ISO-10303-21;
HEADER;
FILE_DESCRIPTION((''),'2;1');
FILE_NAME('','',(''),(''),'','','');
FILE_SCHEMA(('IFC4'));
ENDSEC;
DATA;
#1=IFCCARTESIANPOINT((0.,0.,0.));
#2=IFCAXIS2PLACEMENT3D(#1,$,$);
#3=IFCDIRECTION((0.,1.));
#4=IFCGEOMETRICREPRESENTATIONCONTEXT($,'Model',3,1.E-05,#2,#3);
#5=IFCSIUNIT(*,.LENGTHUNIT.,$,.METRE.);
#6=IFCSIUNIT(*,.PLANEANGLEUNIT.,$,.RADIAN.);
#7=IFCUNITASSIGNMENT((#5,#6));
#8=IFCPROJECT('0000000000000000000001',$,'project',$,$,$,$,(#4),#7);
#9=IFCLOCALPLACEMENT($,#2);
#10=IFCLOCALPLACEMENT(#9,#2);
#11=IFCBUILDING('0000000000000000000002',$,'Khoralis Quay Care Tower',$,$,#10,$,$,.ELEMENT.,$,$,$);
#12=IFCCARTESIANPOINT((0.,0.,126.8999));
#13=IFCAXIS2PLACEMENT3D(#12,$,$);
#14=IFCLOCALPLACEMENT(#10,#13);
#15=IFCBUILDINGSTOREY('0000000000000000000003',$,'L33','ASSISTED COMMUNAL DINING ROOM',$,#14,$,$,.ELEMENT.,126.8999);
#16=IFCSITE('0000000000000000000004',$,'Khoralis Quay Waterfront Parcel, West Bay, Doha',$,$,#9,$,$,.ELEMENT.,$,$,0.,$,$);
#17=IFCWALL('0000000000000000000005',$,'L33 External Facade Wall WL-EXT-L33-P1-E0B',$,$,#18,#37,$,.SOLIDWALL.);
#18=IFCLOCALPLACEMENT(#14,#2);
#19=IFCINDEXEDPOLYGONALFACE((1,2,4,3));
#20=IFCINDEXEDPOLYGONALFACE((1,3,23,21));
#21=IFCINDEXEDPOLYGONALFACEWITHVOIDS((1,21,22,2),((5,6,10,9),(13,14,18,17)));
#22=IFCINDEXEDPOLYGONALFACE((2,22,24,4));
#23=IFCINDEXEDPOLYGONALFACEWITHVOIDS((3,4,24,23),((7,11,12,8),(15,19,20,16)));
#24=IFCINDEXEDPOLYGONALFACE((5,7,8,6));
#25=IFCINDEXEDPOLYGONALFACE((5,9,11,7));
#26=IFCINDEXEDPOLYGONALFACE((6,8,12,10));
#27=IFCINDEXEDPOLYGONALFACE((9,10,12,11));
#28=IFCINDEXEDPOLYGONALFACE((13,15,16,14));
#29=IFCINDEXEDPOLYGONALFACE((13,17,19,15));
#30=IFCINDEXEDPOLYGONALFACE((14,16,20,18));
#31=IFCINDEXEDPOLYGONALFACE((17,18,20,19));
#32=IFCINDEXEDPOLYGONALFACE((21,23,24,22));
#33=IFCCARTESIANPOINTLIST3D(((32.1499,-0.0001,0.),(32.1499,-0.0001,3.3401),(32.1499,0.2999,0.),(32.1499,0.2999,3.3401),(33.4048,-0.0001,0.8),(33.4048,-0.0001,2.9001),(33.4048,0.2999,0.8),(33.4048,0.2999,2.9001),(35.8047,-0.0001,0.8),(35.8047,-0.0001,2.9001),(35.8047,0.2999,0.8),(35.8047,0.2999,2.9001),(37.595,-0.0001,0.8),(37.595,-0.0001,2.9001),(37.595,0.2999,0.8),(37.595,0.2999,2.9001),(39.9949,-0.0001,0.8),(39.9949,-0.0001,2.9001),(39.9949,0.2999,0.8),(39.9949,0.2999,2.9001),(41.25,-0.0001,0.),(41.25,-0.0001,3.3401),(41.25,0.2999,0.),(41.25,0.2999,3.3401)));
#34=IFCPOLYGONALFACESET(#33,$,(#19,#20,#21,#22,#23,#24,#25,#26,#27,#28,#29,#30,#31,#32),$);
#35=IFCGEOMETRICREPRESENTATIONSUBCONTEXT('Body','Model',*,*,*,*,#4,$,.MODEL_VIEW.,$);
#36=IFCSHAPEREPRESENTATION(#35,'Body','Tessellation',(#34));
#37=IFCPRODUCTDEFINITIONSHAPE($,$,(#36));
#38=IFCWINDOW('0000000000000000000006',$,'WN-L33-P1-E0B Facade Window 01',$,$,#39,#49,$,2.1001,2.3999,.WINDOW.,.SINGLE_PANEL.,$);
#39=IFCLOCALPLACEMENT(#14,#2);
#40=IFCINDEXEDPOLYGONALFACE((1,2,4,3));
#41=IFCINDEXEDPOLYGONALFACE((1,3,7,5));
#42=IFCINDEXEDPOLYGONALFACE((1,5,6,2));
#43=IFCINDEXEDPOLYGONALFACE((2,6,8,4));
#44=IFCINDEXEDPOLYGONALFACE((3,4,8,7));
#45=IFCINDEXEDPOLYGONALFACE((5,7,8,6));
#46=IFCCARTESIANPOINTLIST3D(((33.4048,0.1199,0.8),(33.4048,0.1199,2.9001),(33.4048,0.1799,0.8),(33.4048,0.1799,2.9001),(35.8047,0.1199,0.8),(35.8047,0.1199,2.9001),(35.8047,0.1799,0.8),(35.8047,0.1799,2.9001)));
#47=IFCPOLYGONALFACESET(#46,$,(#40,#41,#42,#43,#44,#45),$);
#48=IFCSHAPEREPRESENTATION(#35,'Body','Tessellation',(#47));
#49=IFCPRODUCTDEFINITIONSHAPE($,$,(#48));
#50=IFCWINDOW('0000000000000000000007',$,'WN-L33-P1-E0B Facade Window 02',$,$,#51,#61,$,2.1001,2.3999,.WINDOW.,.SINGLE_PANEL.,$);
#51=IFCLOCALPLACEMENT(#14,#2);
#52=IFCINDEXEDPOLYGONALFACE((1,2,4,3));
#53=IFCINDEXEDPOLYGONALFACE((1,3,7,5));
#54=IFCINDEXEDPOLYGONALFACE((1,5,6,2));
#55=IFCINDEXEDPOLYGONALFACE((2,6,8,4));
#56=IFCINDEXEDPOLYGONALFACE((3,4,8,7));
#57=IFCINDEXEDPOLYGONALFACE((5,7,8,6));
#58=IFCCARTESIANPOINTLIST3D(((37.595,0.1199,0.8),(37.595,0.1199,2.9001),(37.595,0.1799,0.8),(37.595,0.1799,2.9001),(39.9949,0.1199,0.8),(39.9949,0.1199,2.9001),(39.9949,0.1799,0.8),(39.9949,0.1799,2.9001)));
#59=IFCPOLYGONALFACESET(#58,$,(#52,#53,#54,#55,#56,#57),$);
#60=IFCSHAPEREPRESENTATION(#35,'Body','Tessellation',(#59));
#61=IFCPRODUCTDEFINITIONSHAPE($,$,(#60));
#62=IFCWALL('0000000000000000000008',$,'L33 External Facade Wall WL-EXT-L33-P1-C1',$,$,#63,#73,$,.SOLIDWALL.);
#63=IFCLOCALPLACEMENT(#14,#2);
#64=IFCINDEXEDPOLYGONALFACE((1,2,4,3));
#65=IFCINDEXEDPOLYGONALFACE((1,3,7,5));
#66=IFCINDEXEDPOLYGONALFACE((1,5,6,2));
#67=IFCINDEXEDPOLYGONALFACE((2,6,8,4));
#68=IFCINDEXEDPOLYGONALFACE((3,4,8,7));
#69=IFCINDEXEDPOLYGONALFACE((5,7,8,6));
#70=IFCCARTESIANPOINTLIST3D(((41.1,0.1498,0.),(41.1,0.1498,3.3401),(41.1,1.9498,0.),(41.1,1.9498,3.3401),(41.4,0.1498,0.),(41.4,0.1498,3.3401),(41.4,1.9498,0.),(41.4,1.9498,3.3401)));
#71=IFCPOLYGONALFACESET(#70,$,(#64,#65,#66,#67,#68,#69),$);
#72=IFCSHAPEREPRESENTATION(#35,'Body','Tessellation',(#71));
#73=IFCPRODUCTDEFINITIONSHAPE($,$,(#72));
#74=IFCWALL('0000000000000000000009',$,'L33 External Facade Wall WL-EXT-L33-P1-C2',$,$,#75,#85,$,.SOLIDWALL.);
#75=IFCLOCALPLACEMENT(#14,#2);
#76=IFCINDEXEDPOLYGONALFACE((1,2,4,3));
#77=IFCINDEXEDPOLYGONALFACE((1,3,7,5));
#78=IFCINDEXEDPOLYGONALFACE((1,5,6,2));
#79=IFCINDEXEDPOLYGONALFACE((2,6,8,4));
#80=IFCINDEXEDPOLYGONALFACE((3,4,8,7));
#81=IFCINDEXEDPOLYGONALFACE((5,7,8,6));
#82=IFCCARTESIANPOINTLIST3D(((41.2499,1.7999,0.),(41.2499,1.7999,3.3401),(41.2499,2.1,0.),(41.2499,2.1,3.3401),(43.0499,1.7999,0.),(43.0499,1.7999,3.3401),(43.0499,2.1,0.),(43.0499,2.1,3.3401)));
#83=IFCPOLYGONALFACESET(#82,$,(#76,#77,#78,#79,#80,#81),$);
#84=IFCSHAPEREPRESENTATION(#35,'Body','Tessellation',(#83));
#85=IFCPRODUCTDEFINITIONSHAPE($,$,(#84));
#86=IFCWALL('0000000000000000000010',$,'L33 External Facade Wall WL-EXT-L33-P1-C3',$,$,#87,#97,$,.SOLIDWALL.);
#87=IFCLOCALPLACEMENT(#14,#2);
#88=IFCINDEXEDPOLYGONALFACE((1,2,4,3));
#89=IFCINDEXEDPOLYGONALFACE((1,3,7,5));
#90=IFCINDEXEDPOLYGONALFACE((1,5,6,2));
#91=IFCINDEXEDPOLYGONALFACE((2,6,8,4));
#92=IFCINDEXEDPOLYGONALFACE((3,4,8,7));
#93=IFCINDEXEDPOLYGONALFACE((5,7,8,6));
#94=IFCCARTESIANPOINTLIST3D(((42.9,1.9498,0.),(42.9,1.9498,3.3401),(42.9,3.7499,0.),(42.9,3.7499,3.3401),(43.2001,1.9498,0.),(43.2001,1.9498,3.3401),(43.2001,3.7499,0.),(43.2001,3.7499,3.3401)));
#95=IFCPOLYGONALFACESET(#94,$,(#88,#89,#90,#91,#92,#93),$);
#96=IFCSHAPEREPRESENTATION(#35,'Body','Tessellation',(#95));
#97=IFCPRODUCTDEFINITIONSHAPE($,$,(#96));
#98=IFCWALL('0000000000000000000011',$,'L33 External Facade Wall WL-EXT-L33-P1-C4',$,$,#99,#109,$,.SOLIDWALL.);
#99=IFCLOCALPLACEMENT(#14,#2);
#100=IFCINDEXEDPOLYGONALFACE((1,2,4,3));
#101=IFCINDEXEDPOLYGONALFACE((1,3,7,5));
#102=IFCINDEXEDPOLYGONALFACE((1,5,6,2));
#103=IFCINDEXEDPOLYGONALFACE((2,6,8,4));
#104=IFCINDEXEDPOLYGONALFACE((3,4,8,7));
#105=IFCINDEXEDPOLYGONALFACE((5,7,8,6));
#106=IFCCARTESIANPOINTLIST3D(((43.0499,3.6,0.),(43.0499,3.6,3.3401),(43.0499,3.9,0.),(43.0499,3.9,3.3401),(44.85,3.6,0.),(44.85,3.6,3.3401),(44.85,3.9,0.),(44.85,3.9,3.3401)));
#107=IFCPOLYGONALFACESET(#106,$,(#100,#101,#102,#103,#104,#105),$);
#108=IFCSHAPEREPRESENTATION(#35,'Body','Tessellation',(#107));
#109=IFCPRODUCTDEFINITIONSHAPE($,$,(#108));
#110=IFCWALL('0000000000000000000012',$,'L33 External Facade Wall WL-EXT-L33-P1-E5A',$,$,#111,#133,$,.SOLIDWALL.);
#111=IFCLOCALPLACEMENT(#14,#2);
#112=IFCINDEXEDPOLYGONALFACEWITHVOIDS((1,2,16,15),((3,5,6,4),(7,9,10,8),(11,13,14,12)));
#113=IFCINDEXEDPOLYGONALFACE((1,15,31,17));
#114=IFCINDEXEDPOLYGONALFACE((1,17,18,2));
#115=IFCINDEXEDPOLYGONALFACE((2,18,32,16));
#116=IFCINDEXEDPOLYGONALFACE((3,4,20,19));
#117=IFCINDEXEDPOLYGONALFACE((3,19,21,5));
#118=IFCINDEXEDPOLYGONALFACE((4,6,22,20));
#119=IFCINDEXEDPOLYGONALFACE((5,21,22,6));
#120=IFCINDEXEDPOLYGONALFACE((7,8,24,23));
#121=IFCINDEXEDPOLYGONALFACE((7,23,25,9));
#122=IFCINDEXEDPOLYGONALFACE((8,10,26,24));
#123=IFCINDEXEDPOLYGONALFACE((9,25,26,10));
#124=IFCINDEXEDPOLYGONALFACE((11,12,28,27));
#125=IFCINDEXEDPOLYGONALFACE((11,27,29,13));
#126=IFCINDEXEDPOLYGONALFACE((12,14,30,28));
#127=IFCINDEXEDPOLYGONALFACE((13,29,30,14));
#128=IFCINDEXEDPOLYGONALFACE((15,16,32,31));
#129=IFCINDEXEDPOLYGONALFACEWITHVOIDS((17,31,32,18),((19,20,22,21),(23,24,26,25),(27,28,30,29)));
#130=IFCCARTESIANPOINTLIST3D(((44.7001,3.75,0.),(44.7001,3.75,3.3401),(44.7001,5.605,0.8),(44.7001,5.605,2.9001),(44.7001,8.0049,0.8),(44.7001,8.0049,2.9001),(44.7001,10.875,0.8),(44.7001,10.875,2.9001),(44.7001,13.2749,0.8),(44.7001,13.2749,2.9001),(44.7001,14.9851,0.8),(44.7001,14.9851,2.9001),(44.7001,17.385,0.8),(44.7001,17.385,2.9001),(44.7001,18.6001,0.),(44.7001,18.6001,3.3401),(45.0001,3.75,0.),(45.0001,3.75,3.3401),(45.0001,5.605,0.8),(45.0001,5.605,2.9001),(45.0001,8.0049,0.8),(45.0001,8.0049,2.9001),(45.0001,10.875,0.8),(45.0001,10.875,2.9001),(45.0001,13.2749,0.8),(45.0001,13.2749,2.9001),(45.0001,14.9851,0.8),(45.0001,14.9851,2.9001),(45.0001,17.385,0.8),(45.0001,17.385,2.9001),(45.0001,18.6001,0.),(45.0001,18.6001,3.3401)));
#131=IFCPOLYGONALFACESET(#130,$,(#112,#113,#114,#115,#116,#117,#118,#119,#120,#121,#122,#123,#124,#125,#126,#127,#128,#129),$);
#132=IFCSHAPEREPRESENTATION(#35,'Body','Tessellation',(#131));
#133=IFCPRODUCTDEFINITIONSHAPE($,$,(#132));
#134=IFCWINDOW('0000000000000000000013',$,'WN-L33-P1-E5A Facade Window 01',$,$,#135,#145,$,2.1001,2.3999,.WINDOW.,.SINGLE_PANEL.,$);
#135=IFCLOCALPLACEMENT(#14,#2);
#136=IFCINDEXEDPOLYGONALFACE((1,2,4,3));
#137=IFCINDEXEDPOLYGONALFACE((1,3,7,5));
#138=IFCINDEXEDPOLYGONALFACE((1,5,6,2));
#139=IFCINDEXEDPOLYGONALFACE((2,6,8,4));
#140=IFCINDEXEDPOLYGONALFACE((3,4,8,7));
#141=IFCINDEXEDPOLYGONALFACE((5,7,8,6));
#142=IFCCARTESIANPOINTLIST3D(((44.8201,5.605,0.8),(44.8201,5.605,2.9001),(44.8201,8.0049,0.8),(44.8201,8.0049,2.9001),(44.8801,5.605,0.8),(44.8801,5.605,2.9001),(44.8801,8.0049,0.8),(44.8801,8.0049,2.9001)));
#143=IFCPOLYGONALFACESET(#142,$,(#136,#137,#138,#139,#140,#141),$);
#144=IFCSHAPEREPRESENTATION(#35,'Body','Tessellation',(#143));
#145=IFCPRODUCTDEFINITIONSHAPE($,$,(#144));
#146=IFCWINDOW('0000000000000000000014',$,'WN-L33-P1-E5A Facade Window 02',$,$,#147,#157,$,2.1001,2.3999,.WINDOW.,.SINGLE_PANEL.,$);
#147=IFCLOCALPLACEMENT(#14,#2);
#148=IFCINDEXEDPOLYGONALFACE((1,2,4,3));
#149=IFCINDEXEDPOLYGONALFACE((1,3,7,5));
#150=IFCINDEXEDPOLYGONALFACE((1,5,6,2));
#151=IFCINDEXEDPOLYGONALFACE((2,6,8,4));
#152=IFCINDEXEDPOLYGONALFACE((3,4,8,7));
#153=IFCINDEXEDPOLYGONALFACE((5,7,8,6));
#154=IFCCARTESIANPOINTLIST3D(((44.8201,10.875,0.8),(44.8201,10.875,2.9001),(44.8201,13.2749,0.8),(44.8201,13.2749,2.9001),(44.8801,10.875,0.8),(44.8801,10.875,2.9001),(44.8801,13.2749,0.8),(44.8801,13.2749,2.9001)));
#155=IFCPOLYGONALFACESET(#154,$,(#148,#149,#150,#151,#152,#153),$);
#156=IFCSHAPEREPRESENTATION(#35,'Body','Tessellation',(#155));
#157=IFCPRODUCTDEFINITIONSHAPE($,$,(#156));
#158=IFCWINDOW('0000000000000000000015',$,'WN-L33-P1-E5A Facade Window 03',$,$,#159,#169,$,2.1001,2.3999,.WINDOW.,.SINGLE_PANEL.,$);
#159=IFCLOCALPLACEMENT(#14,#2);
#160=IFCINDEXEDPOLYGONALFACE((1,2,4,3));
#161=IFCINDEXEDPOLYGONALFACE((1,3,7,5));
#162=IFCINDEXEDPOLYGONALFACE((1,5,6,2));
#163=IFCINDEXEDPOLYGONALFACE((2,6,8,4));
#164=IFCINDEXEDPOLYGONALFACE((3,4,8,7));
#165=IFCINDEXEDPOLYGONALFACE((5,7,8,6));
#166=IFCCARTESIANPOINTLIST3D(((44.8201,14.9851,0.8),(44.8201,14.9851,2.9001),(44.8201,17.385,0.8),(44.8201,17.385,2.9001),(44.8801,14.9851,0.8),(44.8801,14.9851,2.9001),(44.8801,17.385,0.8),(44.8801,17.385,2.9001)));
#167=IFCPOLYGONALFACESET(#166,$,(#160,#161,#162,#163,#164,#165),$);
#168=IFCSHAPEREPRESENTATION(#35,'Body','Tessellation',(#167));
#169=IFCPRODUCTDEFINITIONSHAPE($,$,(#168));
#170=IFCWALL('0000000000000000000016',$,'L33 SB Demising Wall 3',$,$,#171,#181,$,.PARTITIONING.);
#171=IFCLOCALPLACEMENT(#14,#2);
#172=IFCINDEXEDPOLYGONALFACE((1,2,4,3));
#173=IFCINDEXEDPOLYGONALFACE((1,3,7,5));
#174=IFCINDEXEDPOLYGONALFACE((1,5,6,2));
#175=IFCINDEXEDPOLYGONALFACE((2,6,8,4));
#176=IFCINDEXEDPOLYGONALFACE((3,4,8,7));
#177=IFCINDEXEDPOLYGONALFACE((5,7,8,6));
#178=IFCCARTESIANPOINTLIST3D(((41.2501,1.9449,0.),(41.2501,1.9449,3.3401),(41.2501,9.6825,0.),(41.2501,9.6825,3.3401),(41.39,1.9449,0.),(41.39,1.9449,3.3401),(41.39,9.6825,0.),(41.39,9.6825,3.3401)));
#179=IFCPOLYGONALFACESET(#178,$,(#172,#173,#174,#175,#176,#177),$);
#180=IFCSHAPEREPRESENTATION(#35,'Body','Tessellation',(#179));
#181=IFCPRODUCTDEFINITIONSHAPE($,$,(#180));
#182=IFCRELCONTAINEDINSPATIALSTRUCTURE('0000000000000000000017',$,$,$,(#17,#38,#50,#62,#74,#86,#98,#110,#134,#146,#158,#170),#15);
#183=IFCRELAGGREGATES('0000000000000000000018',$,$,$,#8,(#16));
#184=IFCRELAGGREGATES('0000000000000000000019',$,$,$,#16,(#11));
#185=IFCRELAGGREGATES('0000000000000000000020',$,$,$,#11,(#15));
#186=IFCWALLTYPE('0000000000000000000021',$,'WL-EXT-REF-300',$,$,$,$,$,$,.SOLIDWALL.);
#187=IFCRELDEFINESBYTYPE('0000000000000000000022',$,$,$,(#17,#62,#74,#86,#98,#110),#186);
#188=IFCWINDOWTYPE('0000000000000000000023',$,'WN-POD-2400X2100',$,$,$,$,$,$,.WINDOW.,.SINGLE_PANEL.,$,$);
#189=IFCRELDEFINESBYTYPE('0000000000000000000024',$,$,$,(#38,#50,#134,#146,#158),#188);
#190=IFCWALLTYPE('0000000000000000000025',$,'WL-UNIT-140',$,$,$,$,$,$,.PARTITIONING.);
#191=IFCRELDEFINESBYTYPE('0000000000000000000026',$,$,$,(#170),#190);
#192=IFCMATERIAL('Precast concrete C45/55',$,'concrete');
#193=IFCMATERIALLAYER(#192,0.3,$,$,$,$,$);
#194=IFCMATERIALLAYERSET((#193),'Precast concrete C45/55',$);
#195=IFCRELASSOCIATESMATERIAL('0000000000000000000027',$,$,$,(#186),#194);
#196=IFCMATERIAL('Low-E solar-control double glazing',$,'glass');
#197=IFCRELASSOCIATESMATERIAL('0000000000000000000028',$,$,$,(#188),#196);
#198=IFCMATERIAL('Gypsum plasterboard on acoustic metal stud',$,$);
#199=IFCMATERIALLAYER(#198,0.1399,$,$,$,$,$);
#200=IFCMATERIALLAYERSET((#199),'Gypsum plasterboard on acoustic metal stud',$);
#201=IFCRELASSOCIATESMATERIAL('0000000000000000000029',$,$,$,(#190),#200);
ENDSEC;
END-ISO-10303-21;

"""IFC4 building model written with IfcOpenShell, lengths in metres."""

from ifc_helpers import new_model, si_unit, direction, frame, frame_2d, origin, place, context, subcontext, project, spatial, rectangle, extrude, source, transform, mapped, material, layer, layer_set, type_object, element, fill, save


model = new_model("IFC4")

# Units and contexts
model_context = context("Model", 3, precision=1e-05, world=origin(), true_north=direction((0.0, 1.0)))
body_context = subcontext(model_context, "Body", "Model", "MODEL_VIEW")
ifc_project = project(units=[si_unit("LENGTHUNIT", "METRE"), si_unit("PLANEANGLEUNIT", "RADIAN")], contexts=[model_context])

# Site, building, storey
site_placement = place(None, origin())
site = spatial("IfcSite", under=ifc_project, at=site_placement, Name="Khoralis Quay Waterfront Parcel, West Bay, Doha", CompositionType="ELEMENT", RefElevation=0.0)
building_placement = place(site_placement, origin())
building = spatial("IfcBuilding", under=site, at=building_placement, Name="Khoralis Quay Care Tower", CompositionType="ELEMENT")
storey_placement = place(building_placement, frame((0.0, 0.0, 126.8999)))
storey = spatial("IfcBuildingStorey", under=building, at=storey_placement, Name="L33", Description="ASSISTED COMMUNAL DINING ROOM", CompositionType="ELEMENT", Elevation=126.8999)

# Shared definitions
ifc_material_1 = material(Name="Gypsum plasterboard on acoustic metal stud")

# Wall, openings, windows
ifc_material_2 = material(Name="Precast concrete C45/55", Category="concrete")
ifc_layer_1 = layer(ifc_material_2, 0.3)
ifc_layer_set_1 = layer_set([ifc_layer_1], Name="Precast concrete C45/55")
wall_type_1 = type_object("IfcWallType", Name="WL-EXT-REF-300", PredefinedType="SOLIDWALL", material=ifc_layer_set_1)
wall_1_placement = place(storey_placement, frame((32.1499, 0.1499, 0.0), z_axis=(0.0, 0.0, 1.0), x_axis=(1.0, 0.0, 0.0)))
wall_1 = element("IfcWall", 1, at=wall_1_placement, inside=storey, type_object=wall_type_1, Name="L33 External Facade Wall WL-EXT-L33-P1-E0B", PredefinedType="SOLIDWALL", context=body_context, shape_type="SweptSolid", body=[
    extrude(rectangle(XDim=9.1001, YDim=0.3, at=frame_2d((4.55, 0.0))), origin(), (0.0, 0.0, 1.0), 3.3401),
])
opening_1_placement = place(wall_1_placement, frame((1.2549, 0.0, 0.8)))
opening_1 = element("IfcOpeningElement", 2, at=opening_1_placement, cuts=wall_1, PredefinedType="OPENING", context=body_context, shape_type="SweptSolid", body=[
    extrude(rectangle(XDim=2.3999, YDim=2.1001, at=frame_2d((1.2, 1.05))), frame((0.0, 0.1602, 0.0), z_axis=(0.0, -1.0, 0.0), x_axis=(1.0, 0.0, 0.0)), (0.0, 0.0, 1.0), 0.3201),
])
opening_2_placement = place(wall_1_placement, frame((5.4451, 0.0, 0.8)))
opening_2 = element("IfcOpeningElement", 3, at=opening_2_placement, cuts=wall_1, PredefinedType="OPENING", context=body_context, shape_type="SweptSolid", body=[
    extrude(rectangle(XDim=2.3999, YDim=2.1001, at=frame_2d((1.2, 1.05))), frame((0.0, 0.1602, 0.0), z_axis=(0.0, -1.0, 0.0), x_axis=(1.0, 0.0, 0.0)), (0.0, 0.0, 1.0), 0.3201),
])
ifc_material_3 = material(Name="Low-E solar-control double glazing", Category="glass")
window_type = type_object("IfcWindowType", Name="WN-POD-2400X2100", PartitioningType="SINGLE_PANEL", PredefinedType="WINDOW", material=ifc_material_3)
shared_shape_1 = source(origin(), body_context, "Body", "SweptSolid", [
    extrude(rectangle(XDim=2.3999, YDim=2.1001, at=frame_2d((1.2, 1.05))), frame((0.0, 0.03, 0.0), z_axis=(0.0, -1.0, 0.0), x_axis=(1.0, 0.0, 0.0)), (0.0, 0.0, 1.0), 0.0601),
])
window_1_placement = place(opening_1_placement, origin())
window_1 = element("IfcWindow", 4, at=window_1_placement, inside=storey, type_object=window_type, Name="WN-L33-P1-E0B Facade Window 01", OverallHeight=2.1001, OverallWidth=2.3999, PartitioningType="SINGLE_PANEL", PredefinedType="WINDOW", context=body_context, shape_type="MappedRepresentation", body=[
    mapped(shared_shape_1, transform((0.0, 0.0, 0.0), scale=1.0)),
])
fill(opening_1, window_1)
window_2_placement = place(opening_2_placement, origin())
window_2 = element("IfcWindow", 5, at=window_2_placement, inside=storey, type_object=window_type, Name="WN-L33-P1-E0B Facade Window 02", OverallHeight=2.1001, OverallWidth=2.3999, PartitioningType="SINGLE_PANEL", PredefinedType="WINDOW", context=body_context, shape_type="MappedRepresentation", body=[
    mapped(shared_shape_1, transform((0.0, 0.0, 0.0), scale=1.0)),
])
fill(opening_2, window_2)

# Walls
for number, where, z_axis, x_axis, name in (
    (6, (41.25, 0.1499, 0.0), (0.0, 0.0, 1.0), (0.0, 1.0, 0.0), "L33 External Facade Wall WL-EXT-L33-P1-C1"),
    (7, (41.25, 1.95, 0.0), (0.0, 0.0, 1.0), (1.0, 0.0, 0.0), "L33 External Facade Wall WL-EXT-L33-P1-C2"),
    (8, (43.05, 1.95, 0.0), (0.0, 0.0, 1.0), (0.0, 1.0, 0.0), "L33 External Facade Wall WL-EXT-L33-P1-C3"),
    (9, (43.05, 3.75, 0.0), (0.0, 0.0, 1.0), (1.0, 0.0, 0.0), "L33 External Facade Wall WL-EXT-L33-P1-C4"),
):
    element("IfcWall", number, at=place(storey_placement, frame(where, z_axis=z_axis, x_axis=x_axis)), inside=storey, type_object=wall_type_1, Name=name, PredefinedType="SOLIDWALL", context=body_context, shape_type="SweptSolid", body=[
        extrude(rectangle(XDim=1.8, YDim=0.3, at=frame_2d((0.8999, 0.0))), origin(), (0.0, 0.0, 1.0), 3.3401),
    ])

# Wall, openings, windows
wall_2_placement = place(storey_placement, frame((44.8501, 3.75, 0.0), z_axis=(0.0, 0.0, 1.0), x_axis=(0.0, 1.0, 0.0)))
wall_2 = element("IfcWall", 10, at=wall_2_placement, inside=storey, type_object=wall_type_1, Name="L33 External Facade Wall WL-EXT-L33-P1-E5A", PredefinedType="SOLIDWALL", context=body_context, shape_type="SweptSolid", body=[
    extrude(rectangle(XDim=14.8501, YDim=0.3, at=frame_2d((7.425, 0.0))), origin(), (0.0, 0.0, 1.0), 3.3401),
])
opening_3_placement = place(wall_2_placement, frame((1.855, 0.0, 0.8)))
opening_3 = element("IfcOpeningElement", 11, at=opening_3_placement, cuts=wall_2, PredefinedType="OPENING", context=body_context, shape_type="SweptSolid", body=[
    extrude(rectangle(XDim=2.3999, YDim=2.1001, at=frame_2d((1.2, 1.05))), frame((0.0, 0.1602, 0.0), z_axis=(0.0, -1.0, 0.0), x_axis=(1.0, 0.0, 0.0)), (0.0, 0.0, 1.0), 0.3201),
])
opening_4_placement = place(wall_2_placement, frame((7.125, 0.0, 0.8)))
opening_4 = element("IfcOpeningElement", 12, at=opening_4_placement, cuts=wall_2, PredefinedType="OPENING", context=body_context, shape_type="SweptSolid", body=[
    extrude(rectangle(XDim=2.3999, YDim=2.1001, at=frame_2d((1.2, 1.05))), frame((0.0, 0.1602, 0.0), z_axis=(0.0, -1.0, 0.0), x_axis=(1.0, 0.0, 0.0)), (0.0, 0.0, 1.0), 0.3201),
])
opening_5_placement = place(wall_2_placement, frame((11.2351, 0.0, 0.8)))
opening_5 = element("IfcOpeningElement", 13, at=opening_5_placement, cuts=wall_2, PredefinedType="OPENING", context=body_context, shape_type="SweptSolid", body=[
    extrude(rectangle(XDim=2.3999, YDim=2.1001, at=frame_2d((1.2, 1.05))), frame((0.0, 0.1602, 0.0), z_axis=(0.0, -1.0, 0.0), x_axis=(1.0, 0.0, 0.0)), (0.0, 0.0, 1.0), 0.3201),
])
window_3_placement = place(opening_3_placement, origin())
window_3 = element("IfcWindow", 14, at=window_3_placement, inside=storey, type_object=window_type, Name="WN-L33-P1-E5A Facade Window 01", OverallHeight=2.1001, OverallWidth=2.3999, PartitioningType="SINGLE_PANEL", PredefinedType="WINDOW", context=body_context, shape_type="MappedRepresentation", body=[
    mapped(shared_shape_1, transform((0.0, 0.0, 0.0), scale=1.0)),
])
fill(opening_3, window_3)
window_4_placement = place(opening_4_placement, origin())
window_4 = element("IfcWindow", 15, at=window_4_placement, inside=storey, type_object=window_type, Name="WN-L33-P1-E5A Facade Window 02", OverallHeight=2.1001, OverallWidth=2.3999, PartitioningType="SINGLE_PANEL", PredefinedType="WINDOW", context=body_context, shape_type="MappedRepresentation", body=[
    mapped(shared_shape_1, transform((0.0, 0.0, 0.0), scale=1.0)),
])
fill(opening_4, window_4)
window_5_placement = place(opening_5_placement, origin())
window_5 = element("IfcWindow", 16, at=window_5_placement, inside=storey, type_object=window_type, Name="WN-L33-P1-E5A Facade Window 03", OverallHeight=2.1001, OverallWidth=2.3999, PartitioningType="SINGLE_PANEL", PredefinedType="WINDOW", context=body_context, shape_type="MappedRepresentation", body=[
    mapped(shared_shape_1, transform((0.0, 0.0, 0.0), scale=1.0)),
])
fill(opening_5, window_5)

# Wall
ifc_layer_2 = layer(ifc_material_1, 0.1399)
ifc_layer_set_2 = layer_set([ifc_layer_2], Name="Gypsum plasterboard on acoustic metal stud")
wall_type_2 = type_object("IfcWallType", Name="WL-UNIT-140", PredefinedType="PARTITIONING", material=ifc_layer_set_2)
wall_3_placement = place(storey_placement, frame((41.3201, 1.9451, 0.0), z_axis=(0.0, 0.0, 1.0), x_axis=(0.0, 1.0, 0.0)))
element("IfcWall", 17, at=wall_3_placement, inside=storey, type_object=wall_type_2, Name="L33 SB Demising Wall 3", PredefinedType="PARTITIONING", context=body_context, shape_type="SweptSolid", body=[
    extrude(rectangle(XDim=7.7375, YDim=0.1399, at=frame_2d((3.8687, 0.0))), origin(), (0.0, 0.0, 1.0), 3.3401),
])

save(model, "model.ifc")
